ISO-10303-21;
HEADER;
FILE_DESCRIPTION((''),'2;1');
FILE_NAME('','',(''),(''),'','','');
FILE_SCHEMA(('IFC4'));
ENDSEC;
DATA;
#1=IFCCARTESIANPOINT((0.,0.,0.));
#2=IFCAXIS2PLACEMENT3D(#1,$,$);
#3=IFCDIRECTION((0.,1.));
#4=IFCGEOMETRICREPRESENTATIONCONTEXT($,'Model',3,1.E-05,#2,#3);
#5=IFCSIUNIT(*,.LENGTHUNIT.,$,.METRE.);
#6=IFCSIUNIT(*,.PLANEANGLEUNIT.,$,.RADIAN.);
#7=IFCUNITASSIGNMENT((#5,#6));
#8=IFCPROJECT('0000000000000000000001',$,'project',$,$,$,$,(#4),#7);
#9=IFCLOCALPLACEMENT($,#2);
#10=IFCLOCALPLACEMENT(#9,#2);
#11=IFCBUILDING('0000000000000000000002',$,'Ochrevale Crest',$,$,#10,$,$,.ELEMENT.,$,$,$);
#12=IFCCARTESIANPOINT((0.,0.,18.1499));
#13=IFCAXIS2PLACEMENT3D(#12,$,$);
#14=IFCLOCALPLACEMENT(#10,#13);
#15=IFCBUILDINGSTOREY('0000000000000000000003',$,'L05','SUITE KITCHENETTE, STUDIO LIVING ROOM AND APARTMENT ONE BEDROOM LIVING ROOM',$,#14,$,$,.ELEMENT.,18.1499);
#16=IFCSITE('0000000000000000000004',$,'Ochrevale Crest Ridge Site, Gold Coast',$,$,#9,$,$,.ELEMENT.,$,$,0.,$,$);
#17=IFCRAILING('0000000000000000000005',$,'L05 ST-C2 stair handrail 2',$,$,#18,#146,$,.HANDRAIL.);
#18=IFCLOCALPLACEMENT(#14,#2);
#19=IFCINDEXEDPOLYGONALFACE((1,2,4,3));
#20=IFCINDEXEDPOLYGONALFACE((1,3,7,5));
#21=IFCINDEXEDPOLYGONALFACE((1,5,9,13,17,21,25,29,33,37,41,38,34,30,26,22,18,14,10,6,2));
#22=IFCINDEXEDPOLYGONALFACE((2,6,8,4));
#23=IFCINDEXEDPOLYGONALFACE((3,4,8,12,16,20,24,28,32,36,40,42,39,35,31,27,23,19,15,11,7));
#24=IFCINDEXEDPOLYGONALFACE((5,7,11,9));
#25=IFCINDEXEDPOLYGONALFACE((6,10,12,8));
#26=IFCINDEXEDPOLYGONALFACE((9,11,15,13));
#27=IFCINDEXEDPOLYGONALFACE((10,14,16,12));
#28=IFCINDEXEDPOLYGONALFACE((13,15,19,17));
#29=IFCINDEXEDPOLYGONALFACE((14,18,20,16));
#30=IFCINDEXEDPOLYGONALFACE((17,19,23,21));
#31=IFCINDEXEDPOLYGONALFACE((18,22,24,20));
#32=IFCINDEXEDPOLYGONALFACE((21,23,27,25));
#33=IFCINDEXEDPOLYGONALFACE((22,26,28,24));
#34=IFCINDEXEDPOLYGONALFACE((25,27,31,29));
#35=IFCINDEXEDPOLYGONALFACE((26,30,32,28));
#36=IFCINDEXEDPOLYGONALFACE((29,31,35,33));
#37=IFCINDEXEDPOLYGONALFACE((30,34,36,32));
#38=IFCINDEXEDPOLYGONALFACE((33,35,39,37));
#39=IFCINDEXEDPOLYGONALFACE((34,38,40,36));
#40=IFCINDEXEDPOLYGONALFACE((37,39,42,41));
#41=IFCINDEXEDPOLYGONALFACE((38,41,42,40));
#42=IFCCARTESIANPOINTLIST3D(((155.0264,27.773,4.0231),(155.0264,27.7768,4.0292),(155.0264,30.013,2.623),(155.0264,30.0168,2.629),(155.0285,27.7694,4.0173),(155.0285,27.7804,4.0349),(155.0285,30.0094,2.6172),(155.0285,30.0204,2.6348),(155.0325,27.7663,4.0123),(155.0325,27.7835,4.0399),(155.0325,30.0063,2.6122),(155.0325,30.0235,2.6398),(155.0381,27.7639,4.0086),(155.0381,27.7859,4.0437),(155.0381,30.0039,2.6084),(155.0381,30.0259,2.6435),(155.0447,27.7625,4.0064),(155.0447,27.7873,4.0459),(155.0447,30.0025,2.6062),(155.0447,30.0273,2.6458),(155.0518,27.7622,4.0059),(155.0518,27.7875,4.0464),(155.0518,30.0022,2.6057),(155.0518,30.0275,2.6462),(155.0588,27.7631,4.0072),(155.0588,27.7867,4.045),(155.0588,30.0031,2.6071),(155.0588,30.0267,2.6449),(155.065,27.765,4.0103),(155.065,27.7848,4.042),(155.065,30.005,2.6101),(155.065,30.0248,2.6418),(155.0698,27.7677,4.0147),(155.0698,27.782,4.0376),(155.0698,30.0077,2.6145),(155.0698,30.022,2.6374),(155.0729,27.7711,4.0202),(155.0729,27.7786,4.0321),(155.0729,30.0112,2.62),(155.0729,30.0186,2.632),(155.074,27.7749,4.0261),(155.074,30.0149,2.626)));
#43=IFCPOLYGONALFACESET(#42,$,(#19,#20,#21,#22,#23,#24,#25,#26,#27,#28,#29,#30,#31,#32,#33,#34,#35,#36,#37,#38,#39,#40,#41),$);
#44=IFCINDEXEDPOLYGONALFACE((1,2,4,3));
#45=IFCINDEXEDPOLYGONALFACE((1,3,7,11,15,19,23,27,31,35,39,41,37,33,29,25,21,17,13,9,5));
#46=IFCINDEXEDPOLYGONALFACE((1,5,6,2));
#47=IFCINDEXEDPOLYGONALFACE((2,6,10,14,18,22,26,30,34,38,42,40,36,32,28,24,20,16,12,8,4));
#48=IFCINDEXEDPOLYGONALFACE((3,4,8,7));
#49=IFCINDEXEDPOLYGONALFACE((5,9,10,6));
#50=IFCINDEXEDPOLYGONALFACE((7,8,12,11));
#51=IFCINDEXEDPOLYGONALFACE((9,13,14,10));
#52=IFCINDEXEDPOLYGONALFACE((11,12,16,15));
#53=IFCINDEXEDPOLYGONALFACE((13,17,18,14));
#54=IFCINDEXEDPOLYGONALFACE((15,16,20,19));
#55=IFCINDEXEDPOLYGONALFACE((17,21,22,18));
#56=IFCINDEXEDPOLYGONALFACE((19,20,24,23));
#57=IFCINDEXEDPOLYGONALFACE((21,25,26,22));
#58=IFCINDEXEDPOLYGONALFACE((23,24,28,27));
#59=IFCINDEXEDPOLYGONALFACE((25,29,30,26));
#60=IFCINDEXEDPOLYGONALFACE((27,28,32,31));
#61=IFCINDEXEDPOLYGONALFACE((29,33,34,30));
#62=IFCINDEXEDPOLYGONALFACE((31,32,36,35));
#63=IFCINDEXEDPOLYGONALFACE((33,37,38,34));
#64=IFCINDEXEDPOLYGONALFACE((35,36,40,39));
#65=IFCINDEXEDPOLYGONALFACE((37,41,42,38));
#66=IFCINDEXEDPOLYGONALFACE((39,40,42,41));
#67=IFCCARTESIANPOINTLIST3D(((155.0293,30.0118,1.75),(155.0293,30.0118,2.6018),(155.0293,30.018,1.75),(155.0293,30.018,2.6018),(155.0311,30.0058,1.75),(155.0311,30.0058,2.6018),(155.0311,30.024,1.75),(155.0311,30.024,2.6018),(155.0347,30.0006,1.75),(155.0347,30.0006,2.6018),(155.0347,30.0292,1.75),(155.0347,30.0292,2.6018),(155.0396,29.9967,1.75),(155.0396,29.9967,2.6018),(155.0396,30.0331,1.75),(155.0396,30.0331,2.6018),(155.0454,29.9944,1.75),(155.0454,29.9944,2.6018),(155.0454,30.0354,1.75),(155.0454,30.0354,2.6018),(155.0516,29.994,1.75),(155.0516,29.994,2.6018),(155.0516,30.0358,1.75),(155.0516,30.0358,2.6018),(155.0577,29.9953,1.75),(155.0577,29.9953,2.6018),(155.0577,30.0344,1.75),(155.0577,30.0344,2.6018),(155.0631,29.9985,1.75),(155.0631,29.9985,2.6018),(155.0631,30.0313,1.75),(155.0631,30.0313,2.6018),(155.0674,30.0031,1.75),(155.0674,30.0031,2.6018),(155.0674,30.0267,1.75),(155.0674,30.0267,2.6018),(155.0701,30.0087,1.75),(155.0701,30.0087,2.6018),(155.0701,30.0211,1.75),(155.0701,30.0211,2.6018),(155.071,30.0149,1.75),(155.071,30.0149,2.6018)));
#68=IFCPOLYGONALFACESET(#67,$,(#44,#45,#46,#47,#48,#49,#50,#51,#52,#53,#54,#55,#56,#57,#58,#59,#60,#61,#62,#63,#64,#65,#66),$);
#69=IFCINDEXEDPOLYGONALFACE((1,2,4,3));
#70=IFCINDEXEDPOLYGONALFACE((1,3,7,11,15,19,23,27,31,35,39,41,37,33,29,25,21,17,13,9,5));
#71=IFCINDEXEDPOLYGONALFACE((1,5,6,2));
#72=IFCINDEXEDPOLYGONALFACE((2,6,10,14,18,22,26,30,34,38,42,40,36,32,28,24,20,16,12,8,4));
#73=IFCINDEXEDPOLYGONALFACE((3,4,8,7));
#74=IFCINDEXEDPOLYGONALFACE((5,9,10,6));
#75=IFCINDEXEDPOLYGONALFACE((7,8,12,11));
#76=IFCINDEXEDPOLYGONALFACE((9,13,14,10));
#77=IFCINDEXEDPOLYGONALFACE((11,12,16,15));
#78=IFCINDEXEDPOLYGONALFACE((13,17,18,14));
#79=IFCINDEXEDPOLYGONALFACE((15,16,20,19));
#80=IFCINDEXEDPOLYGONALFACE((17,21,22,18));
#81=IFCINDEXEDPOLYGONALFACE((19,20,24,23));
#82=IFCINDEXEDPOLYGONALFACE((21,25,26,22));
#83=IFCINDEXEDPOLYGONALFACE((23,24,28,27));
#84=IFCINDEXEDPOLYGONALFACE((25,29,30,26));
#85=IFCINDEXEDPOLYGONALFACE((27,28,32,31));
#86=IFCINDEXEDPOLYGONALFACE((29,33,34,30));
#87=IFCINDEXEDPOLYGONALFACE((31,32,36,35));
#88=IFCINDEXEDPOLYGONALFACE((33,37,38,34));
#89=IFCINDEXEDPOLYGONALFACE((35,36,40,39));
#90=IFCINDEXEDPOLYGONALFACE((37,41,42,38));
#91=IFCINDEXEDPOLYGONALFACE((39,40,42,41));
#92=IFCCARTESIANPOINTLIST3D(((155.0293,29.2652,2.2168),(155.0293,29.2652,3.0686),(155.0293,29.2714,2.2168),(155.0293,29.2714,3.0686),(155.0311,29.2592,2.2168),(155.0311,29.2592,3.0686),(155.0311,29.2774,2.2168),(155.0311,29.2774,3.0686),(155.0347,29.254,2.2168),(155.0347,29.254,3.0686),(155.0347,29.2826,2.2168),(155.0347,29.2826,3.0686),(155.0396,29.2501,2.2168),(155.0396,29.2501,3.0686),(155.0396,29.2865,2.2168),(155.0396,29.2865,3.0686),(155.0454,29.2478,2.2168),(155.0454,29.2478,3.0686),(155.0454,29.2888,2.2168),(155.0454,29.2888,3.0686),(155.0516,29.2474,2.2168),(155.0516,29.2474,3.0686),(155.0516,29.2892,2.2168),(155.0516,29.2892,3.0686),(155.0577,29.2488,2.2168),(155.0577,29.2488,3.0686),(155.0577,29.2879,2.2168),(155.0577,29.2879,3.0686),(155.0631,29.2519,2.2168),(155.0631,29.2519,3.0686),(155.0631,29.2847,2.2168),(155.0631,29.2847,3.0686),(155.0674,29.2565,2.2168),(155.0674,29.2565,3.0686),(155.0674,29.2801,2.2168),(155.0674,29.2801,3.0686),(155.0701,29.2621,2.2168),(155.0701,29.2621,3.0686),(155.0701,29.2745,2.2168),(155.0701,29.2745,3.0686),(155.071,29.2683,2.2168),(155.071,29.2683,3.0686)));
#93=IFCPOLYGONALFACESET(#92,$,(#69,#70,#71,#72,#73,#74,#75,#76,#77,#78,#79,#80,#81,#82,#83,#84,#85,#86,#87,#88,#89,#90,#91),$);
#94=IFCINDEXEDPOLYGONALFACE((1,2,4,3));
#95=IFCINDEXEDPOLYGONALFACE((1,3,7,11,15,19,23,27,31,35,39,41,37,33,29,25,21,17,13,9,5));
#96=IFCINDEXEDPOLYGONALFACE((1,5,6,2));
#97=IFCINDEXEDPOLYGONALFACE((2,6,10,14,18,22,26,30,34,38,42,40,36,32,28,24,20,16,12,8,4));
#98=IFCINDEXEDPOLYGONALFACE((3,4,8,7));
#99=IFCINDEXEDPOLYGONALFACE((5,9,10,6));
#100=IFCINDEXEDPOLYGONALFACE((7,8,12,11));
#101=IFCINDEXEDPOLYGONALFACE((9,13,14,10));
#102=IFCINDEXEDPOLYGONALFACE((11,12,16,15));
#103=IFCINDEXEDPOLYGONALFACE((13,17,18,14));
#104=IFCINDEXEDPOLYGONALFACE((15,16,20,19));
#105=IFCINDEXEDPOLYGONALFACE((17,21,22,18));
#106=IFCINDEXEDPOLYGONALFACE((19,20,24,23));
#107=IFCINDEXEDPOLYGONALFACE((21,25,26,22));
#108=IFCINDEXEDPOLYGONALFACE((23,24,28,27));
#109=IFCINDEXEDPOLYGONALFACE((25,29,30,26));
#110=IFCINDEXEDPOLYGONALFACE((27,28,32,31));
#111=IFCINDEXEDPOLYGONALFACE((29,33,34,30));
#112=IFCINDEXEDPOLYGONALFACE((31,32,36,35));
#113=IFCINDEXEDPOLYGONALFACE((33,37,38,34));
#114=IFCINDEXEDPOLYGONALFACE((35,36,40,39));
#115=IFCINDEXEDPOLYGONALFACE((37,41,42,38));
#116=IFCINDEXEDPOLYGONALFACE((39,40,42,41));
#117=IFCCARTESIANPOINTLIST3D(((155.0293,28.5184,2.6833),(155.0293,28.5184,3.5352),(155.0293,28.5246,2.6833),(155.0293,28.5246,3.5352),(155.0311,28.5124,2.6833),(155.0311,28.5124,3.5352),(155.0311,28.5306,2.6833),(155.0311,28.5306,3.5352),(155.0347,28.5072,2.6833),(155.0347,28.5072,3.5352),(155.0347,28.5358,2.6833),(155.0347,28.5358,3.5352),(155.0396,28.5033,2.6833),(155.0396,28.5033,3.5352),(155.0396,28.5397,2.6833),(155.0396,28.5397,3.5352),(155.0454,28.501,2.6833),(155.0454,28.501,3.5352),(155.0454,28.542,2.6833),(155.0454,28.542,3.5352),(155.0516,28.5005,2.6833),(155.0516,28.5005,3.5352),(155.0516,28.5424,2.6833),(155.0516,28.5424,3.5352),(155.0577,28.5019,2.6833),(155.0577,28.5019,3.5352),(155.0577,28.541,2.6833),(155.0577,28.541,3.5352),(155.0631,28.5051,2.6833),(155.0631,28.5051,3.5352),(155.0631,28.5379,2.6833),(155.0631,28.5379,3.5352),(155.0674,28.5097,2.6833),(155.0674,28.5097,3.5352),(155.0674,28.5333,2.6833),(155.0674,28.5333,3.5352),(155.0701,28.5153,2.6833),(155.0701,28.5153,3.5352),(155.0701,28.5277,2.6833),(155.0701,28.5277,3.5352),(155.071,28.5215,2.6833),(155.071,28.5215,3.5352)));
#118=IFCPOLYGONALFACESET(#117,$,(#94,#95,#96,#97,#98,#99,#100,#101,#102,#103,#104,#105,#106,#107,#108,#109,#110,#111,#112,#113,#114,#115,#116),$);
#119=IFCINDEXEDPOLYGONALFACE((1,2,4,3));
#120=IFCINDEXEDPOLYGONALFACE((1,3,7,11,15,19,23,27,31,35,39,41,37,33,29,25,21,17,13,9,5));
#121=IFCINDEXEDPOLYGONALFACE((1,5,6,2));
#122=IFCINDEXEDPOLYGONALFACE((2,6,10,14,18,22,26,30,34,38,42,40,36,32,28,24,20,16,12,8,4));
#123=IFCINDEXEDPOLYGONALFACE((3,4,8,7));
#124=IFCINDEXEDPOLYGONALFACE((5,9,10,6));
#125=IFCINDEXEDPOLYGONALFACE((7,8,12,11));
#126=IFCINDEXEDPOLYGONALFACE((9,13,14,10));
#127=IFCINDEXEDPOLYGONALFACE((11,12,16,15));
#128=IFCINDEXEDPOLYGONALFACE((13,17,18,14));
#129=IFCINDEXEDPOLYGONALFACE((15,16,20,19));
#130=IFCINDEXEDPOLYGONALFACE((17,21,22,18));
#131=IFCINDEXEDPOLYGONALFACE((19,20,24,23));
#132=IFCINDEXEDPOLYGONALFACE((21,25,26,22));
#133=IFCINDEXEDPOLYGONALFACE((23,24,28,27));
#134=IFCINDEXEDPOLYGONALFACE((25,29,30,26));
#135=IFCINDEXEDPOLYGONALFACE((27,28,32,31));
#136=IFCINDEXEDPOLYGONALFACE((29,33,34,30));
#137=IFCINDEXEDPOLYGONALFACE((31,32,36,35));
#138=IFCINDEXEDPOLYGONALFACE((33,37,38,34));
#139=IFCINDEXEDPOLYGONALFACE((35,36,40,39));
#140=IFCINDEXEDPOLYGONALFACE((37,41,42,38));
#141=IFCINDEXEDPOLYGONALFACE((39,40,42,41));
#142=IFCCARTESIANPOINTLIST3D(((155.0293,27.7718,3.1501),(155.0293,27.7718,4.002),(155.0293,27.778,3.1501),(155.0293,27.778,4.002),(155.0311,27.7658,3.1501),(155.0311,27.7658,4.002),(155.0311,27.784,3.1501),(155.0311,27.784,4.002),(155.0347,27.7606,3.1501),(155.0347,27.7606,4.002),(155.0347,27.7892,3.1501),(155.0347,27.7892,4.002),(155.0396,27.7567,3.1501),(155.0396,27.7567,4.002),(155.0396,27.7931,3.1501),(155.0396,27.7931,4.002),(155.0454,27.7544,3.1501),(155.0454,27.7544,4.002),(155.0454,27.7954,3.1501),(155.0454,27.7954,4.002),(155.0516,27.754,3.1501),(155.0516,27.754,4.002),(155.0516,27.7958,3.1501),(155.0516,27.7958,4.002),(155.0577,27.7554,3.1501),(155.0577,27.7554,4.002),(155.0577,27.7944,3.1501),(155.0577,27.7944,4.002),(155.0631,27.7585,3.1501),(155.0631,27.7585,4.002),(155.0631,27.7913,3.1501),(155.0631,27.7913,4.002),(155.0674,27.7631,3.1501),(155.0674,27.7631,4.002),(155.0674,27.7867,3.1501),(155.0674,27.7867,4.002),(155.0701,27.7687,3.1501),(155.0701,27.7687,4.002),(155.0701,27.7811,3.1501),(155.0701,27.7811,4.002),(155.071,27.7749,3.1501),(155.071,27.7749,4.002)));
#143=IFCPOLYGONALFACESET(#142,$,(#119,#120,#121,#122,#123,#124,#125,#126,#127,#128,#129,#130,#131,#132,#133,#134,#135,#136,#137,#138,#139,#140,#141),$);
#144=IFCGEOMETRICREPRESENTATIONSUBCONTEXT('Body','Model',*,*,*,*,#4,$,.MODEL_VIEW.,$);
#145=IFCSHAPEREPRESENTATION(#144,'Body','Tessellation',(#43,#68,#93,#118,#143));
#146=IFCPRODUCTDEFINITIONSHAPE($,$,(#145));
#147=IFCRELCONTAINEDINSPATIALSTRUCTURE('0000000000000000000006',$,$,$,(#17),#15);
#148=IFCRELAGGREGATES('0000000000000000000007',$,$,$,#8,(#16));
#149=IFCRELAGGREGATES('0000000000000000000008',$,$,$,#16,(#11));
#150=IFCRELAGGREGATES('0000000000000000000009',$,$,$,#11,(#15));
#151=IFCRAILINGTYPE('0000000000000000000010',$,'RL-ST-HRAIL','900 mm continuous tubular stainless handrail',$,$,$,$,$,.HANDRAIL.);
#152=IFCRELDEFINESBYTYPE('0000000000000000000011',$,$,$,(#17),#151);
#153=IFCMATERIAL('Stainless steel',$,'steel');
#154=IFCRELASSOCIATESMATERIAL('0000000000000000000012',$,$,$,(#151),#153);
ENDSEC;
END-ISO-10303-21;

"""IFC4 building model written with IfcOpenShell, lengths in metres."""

from ifc_helpers import new_model, si_unit, direction, frame, origin, origin_2d, place, context, subcontext, project, spatial, circle, extrude, material, type_object, element, save


model = new_model("IFC4")

# Units and contexts
model_context = context("Model", 3, precision=1e-05, world=origin(), true_north=direction((0.0, 1.0)))
body_context = subcontext(model_context, "Body", "Model", "MODEL_VIEW")
ifc_project = project(units=[si_unit("LENGTHUNIT", "METRE"), si_unit("PLANEANGLEUNIT", "RADIAN")], contexts=[model_context])

# Site, building, storey
site_placement = place(None, origin())
site = spatial("IfcSite", under=ifc_project, at=site_placement, Name="Ochrevale Crest Ridge Site, Gold Coast", CompositionType="ELEMENT", RefElevation=0.0)
building_placement = place(site_placement, origin())
building = spatial("IfcBuilding", under=site, at=building_placement, Name="Ochrevale Crest", CompositionType="ELEMENT")
storey_placement = place(building_placement, frame((0.0, 0.0, 18.1499)))
storey = spatial("IfcBuildingStorey", under=building, at=storey_placement, Name="L05", Description="SUITE KITCHENETTE, STUDIO LIVING ROOM AND APARTMENT ONE BEDROOM LIVING ROOM", CompositionType="ELEMENT", Elevation=18.1499)

# Railing
ifc_material_1 = material(Name="Stainless steel", Category="steel")
railing_type_1 = type_object("IfcRailingType", Name="RL-ST-HRAIL", Description="900 mm continuous tubular stainless handrail", PredefinedType="HANDRAIL", material=ifc_material_1)
railing_1_placement = place(storey_placement, frame((155.05, 30.0149, 1.75)))
element("IfcRailing", 1, at=railing_1_placement, inside=storey, type_object=railing_type_1, Name="L05 ST-C2 stair handrail 2", PredefinedType="HANDRAIL", context=body_context, shape_type="SweptSolid", body=[
    extrude(circle(Radius=0.0239, at=origin_2d()), frame((0.0, 0.0, 0.876), z_axis=(0.0, -0.847972, 0.53004), x_axis=(1.0, 0.0, 0.0)), (0.0, 0.0, 1.0), 2.6416),
    extrude(circle(Radius=0.021, at=origin_2d()), origin(), (0.0, 0.0, 1.0), 0.8518),
    extrude(circle(Radius=0.021, at=origin_2d()), frame((0.0, -0.7466, 0.4668)), (0.0, 0.0, 1.0), 0.8518),
    extrude(circle(Radius=0.021, at=origin_2d()), frame((0.0, -1.4934, 0.9333)), (0.0, 0.0, 1.0), 0.8518),
    extrude(circle(Radius=0.021, at=origin_2d()), frame((0.0, -2.24, 1.4001)), (0.0, 0.0, 1.0), 0.8518),
])

save(model, "model.ifc")
